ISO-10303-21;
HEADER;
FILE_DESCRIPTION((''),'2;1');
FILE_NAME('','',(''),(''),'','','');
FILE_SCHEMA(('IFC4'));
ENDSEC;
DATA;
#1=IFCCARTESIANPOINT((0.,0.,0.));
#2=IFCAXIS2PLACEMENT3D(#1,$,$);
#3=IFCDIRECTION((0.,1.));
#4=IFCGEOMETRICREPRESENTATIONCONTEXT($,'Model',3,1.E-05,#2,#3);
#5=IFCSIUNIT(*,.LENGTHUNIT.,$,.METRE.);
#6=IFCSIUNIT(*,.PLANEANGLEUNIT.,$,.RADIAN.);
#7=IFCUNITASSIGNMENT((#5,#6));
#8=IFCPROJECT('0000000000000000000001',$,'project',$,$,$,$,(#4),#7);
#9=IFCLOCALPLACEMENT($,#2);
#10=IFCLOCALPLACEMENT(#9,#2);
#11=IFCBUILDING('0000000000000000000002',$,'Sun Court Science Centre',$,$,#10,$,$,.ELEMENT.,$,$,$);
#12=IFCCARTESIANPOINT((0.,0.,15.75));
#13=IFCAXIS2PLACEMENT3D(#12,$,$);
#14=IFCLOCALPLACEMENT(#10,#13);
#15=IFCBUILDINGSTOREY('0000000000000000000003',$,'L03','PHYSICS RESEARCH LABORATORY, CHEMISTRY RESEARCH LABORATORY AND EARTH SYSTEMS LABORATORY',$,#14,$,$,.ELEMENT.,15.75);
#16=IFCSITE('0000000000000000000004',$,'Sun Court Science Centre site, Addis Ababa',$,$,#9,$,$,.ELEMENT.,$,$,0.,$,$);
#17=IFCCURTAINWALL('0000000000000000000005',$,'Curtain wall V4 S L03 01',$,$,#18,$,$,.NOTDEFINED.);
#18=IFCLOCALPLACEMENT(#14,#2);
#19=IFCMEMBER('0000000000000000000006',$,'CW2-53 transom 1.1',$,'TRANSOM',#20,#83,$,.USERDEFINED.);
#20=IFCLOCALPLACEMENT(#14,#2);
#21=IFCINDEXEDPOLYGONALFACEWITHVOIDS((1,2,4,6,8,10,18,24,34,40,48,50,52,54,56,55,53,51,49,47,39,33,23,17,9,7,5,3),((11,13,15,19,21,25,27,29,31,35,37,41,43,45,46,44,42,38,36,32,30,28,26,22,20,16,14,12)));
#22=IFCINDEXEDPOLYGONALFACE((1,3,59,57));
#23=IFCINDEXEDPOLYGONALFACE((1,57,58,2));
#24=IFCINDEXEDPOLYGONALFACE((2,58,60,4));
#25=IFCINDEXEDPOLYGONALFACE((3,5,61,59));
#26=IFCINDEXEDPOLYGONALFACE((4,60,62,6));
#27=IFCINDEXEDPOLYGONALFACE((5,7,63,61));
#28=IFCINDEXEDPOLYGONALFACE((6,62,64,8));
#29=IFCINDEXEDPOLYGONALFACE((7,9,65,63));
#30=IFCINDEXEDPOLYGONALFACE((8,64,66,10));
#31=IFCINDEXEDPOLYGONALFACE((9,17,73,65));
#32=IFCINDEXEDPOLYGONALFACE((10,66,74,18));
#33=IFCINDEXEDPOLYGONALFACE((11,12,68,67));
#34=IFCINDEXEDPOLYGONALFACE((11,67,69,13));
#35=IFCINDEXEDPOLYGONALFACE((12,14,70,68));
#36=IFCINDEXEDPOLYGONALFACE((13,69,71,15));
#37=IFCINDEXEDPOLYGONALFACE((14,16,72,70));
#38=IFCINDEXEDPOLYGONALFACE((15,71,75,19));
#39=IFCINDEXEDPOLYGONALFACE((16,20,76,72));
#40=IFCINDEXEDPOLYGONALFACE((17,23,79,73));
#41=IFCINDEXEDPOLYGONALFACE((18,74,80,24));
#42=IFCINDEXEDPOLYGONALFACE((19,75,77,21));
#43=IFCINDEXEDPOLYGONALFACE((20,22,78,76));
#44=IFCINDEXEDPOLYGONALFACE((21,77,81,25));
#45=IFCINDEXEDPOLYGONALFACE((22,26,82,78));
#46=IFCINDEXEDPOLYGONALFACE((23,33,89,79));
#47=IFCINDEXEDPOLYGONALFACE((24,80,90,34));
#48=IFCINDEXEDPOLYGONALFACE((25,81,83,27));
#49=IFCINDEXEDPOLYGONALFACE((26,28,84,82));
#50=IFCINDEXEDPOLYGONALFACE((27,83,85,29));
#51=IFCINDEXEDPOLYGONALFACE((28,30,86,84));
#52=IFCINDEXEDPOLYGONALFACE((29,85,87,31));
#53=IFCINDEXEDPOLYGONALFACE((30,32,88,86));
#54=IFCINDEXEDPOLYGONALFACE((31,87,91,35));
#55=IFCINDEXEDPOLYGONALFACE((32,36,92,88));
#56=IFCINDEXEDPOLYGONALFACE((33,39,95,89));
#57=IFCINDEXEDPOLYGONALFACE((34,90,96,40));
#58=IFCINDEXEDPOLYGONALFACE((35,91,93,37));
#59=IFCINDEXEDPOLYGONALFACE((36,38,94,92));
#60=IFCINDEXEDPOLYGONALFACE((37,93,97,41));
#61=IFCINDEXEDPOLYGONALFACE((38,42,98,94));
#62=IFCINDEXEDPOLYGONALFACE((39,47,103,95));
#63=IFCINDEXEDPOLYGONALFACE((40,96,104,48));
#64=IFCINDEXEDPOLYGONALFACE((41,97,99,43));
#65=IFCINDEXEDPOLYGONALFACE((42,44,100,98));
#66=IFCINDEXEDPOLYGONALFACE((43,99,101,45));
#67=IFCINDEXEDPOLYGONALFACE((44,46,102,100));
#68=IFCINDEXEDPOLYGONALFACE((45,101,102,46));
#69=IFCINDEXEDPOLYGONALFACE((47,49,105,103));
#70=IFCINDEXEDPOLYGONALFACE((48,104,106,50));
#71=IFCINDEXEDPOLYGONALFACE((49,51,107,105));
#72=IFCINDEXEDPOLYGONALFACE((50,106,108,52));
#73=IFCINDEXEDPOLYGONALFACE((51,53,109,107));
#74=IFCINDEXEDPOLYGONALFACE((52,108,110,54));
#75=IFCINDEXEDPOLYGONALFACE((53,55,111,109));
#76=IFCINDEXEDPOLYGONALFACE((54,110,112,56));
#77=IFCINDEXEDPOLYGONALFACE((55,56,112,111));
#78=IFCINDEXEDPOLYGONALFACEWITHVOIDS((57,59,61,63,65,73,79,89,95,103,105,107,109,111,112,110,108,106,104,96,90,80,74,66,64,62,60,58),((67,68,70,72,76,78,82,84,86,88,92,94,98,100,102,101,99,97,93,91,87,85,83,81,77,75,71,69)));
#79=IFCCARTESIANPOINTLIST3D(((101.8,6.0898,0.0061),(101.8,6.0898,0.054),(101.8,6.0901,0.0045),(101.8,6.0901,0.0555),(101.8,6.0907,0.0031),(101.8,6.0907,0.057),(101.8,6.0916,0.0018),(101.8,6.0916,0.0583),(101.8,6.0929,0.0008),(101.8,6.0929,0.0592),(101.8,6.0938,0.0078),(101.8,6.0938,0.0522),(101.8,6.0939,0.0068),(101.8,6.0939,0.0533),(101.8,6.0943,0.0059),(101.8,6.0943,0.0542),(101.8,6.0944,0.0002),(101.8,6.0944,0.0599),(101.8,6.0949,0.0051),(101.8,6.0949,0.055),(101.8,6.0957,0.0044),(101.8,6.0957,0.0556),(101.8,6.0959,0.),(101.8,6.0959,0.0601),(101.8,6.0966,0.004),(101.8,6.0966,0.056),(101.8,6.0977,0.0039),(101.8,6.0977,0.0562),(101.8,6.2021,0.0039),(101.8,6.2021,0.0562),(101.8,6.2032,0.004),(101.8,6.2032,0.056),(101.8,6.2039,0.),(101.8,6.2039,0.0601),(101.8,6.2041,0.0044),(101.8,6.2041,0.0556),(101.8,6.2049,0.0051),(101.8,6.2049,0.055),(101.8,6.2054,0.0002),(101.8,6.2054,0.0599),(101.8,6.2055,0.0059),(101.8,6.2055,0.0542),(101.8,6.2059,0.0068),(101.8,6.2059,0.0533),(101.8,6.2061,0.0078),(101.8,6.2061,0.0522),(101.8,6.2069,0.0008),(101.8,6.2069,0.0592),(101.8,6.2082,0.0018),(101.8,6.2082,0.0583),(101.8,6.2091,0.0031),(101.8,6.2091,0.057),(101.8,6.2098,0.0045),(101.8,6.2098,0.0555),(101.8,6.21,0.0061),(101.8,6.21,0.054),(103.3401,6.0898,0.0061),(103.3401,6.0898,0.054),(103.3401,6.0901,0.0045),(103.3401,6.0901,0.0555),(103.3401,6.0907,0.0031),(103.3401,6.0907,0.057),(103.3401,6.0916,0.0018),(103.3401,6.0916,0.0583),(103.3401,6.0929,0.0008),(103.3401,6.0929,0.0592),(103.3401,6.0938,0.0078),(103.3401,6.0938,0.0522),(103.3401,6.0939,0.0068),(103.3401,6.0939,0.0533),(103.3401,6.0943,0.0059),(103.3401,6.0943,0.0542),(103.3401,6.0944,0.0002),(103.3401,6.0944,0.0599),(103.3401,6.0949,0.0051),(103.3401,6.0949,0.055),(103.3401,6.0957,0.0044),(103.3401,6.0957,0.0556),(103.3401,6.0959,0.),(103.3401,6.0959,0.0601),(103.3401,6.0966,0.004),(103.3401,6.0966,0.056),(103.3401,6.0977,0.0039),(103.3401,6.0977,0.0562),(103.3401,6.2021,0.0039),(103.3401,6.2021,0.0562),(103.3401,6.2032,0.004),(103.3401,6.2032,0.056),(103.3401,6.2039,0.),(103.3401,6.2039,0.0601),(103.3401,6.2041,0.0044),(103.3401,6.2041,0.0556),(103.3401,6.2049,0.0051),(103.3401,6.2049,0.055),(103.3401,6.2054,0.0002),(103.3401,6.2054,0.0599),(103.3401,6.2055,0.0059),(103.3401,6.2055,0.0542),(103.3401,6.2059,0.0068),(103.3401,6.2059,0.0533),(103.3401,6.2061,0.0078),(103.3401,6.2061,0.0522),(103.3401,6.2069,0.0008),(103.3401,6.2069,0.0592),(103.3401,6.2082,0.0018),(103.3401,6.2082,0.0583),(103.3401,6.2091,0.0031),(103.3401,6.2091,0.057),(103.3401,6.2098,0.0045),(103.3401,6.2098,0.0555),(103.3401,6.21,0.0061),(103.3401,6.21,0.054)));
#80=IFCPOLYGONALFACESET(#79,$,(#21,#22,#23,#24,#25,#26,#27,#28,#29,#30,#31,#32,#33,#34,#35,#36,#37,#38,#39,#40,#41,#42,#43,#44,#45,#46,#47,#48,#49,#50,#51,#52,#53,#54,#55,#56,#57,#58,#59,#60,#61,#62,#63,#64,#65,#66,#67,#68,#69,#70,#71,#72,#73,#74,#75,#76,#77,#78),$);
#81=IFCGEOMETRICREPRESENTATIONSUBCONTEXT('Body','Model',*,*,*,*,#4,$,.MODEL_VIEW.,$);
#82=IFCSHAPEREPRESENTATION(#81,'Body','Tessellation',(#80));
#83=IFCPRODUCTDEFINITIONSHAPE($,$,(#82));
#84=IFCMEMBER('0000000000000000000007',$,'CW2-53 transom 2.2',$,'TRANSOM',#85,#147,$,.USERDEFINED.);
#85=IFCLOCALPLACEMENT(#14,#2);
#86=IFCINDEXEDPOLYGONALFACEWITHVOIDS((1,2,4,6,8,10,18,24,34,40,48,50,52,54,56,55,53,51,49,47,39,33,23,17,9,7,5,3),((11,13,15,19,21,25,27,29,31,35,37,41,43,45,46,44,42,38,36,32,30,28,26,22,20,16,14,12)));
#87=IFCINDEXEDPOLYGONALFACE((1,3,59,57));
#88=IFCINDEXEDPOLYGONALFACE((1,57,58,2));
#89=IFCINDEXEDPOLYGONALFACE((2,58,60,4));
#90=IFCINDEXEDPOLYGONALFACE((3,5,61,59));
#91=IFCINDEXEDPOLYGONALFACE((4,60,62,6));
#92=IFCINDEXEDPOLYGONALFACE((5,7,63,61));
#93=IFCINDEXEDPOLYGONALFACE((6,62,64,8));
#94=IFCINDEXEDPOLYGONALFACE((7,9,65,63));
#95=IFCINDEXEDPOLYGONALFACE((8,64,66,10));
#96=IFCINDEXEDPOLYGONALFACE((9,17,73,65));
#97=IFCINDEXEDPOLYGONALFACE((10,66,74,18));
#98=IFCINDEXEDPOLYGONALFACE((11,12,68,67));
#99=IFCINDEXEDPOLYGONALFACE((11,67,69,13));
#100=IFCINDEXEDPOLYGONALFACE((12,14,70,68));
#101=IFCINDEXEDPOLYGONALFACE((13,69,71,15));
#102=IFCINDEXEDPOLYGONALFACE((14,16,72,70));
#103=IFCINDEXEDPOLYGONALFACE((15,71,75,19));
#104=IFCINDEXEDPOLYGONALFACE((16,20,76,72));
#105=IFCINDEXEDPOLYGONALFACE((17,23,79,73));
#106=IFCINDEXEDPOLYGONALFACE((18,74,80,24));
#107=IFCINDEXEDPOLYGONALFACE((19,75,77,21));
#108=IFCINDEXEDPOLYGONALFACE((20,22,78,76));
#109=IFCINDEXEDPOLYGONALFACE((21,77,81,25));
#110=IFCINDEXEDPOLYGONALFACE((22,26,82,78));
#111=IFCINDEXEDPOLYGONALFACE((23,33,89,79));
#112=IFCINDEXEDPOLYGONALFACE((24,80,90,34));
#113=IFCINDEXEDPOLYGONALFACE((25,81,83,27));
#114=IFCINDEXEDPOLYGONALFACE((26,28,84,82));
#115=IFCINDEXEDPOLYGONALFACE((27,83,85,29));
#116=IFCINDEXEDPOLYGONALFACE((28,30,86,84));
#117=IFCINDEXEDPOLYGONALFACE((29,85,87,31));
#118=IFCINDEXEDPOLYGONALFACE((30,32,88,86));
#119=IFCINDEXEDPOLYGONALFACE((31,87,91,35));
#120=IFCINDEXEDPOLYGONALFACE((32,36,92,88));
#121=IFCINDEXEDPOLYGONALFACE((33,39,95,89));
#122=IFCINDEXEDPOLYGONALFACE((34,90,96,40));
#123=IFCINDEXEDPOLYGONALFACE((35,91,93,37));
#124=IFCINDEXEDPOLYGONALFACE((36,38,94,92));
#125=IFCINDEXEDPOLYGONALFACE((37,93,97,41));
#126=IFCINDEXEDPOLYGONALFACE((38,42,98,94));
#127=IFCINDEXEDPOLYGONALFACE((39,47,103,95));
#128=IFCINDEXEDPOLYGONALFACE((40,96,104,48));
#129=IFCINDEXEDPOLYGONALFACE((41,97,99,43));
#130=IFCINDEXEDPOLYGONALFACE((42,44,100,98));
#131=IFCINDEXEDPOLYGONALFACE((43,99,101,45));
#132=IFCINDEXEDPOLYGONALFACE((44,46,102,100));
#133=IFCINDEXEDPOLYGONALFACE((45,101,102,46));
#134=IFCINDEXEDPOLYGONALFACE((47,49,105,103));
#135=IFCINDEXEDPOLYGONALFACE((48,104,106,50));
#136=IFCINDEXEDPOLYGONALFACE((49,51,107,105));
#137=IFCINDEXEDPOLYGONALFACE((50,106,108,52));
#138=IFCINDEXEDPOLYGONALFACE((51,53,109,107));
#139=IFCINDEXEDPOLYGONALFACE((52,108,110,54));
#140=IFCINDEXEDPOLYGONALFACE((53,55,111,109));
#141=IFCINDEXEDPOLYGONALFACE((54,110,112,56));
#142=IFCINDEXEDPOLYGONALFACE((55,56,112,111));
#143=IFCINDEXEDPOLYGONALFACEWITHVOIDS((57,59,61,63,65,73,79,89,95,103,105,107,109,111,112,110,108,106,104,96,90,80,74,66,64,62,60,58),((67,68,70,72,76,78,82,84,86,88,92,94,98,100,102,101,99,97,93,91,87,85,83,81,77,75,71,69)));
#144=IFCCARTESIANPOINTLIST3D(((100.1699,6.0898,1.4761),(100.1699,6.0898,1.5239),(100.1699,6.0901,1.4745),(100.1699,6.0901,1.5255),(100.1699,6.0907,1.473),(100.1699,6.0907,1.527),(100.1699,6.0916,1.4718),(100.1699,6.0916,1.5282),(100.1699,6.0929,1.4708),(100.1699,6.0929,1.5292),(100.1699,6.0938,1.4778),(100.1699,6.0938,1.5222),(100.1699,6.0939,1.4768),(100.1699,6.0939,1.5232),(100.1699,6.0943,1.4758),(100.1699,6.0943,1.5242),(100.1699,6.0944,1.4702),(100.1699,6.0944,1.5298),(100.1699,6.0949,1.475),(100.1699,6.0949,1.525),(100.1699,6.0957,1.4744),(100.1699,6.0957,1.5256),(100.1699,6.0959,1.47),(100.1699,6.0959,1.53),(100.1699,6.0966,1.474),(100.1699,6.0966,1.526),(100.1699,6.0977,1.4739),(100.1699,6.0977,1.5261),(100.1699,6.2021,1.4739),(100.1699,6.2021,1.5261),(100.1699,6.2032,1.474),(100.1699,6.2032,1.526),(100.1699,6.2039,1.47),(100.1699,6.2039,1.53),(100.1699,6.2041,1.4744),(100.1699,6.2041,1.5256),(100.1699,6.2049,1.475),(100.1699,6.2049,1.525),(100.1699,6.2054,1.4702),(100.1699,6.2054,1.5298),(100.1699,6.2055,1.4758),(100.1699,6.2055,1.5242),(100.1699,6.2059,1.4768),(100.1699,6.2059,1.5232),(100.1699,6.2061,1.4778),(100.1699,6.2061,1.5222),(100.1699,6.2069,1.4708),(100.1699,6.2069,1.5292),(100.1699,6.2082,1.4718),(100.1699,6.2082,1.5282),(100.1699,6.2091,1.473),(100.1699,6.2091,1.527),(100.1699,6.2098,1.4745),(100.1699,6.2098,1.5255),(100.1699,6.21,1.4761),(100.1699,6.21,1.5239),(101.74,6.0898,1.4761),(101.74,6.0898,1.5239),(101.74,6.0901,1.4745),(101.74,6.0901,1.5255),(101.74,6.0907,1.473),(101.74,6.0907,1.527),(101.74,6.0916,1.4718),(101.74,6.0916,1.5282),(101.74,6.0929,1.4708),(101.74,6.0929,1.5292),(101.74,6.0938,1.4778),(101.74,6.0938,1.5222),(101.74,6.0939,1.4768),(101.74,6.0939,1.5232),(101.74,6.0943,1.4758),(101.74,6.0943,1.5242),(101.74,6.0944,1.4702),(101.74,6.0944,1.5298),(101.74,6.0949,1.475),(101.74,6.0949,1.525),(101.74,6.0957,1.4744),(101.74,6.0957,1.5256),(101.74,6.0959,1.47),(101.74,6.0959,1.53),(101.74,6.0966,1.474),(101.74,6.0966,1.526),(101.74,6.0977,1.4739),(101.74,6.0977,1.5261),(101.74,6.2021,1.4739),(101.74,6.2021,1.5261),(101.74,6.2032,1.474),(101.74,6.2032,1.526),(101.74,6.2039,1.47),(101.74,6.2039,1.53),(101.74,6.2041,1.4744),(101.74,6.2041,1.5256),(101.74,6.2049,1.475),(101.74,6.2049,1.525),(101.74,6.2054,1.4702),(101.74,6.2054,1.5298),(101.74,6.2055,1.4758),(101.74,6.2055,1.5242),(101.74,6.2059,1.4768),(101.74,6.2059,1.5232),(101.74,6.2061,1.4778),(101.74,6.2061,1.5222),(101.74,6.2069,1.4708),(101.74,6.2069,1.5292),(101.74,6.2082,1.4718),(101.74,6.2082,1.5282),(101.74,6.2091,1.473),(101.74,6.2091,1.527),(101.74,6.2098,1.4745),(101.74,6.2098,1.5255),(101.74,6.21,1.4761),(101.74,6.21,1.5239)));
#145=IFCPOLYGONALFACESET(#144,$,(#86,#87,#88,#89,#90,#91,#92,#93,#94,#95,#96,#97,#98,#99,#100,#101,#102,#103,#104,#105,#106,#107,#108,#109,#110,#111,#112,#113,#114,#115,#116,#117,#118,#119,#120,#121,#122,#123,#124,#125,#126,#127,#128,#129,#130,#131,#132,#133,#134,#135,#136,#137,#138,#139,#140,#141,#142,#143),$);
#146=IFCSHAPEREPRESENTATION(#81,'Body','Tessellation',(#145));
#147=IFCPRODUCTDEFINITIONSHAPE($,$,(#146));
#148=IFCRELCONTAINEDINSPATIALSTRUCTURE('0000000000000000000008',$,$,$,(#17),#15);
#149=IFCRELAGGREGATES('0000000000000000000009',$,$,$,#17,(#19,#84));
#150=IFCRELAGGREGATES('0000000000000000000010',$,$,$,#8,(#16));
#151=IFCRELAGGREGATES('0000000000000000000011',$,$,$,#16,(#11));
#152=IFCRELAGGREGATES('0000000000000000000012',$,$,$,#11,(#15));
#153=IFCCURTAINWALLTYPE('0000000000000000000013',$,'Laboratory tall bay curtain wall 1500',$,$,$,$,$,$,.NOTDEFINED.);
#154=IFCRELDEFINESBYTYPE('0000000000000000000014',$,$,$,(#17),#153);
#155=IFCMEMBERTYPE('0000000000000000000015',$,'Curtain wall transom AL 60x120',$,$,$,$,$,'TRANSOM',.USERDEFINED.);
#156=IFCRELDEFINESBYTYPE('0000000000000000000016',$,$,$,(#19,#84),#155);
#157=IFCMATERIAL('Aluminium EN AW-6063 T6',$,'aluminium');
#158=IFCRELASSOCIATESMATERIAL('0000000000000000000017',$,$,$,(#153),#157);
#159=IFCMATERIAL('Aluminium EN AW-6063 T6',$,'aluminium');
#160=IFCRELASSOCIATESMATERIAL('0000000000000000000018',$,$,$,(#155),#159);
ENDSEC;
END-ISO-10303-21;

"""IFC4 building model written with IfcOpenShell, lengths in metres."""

from ifc_helpers import new_model, si_unit, direction, frame, origin, origin_2d, place, context, subcontext, project, spatial, hollow_rectangle, extrude, material, material_profile, profile_set, type_object, element, aggregate, save


model = new_model("IFC4")

# Units and contexts
model_context = context("Model", 3, precision=1e-05, world=origin(), true_north=direction((0.0, 1.0)))
body_context = subcontext(model_context, "Body", "Model", "MODEL_VIEW")
ifc_project = project(units=[si_unit("LENGTHUNIT", "METRE"), si_unit("PLANEANGLEUNIT", "RADIAN")], contexts=[model_context])

# Site, building, storey
site_placement = place(None, origin())
site = spatial("IfcSite", under=ifc_project, at=site_placement, Name="Sun Court Science Centre site, Addis Ababa", CompositionType="ELEMENT", RefElevation=0.0)
building_placement = place(site_placement, origin())
building = spatial("IfcBuilding", under=site, at=building_placement, Name="Sun Court Science Centre", CompositionType="ELEMENT")
storey_placement = place(building_placement, frame((0.0, 0.0, 15.75)))
storey = spatial("IfcBuildingStorey", under=building, at=storey_placement, Name="L03", Description="PHYSICS RESEARCH LABORATORY, CHEMISTRY RESEARCH LABORATORY AND EARTH SYSTEMS LABORATORY", CompositionType="ELEMENT", Elevation=15.75)

# Curtain wall, members
ifc_material_1 = material(Name="Aluminium EN AW-6063 T6", Category="aluminium")
curtain_wall_type = type_object("IfcCurtainWallType", Name="Laboratory tall bay curtain wall 1500", PredefinedType="NOTDEFINED", material=ifc_material_1)
curtain_wall_placement = place(storey_placement, origin())
curtain_wall = element("IfcCurtainWall", 1, at=curtain_wall_placement, inside=storey, type_object=curtain_wall_type, Name="Curtain wall V4 S L03 01", PredefinedType="NOTDEFINED")
ifc_material_2 = material(Name="Aluminium EN AW-6063 T6", Category="aluminium")
ifc_material_profile_1 = material_profile(ifc_material_2, hollow_rectangle(XDim=0.0601, YDim=0.1201, WallThickness=0.0039, InnerFilletRadius=0.0039, OuterFilletRadius=0.0061, at=origin_2d()), Name="AL 60x120x4")
ifc_profile_set_1 = profile_set([ifc_material_profile_1], Name="Aluminium EN AW-6063 T6")
member_type_1 = type_object("IfcMemberType", Name="Curtain wall transom AL 60x120", ElementType="TRANSOM", PredefinedType="USERDEFINED", material=ifc_profile_set_1)
member_1_placement = place(storey_placement, frame((103.3401, 6.1499, 0.03), z_axis=(-1.0, 0.0, 0.0), x_axis=(0.0, 0.0, 1.0)))
member_1 = element("IfcMember", 2, at=member_1_placement, type_object=member_type_1, Name="CW2-53 transom 1.1", ObjectType="TRANSOM", PredefinedType="USERDEFINED", context=body_context, shape_type="SweptSolid", body=[
    extrude(hollow_rectangle(XDim=0.0601, YDim=0.1201, WallThickness=0.0039, InnerFilletRadius=0.0039, OuterFilletRadius=0.0061, at=origin_2d()), origin(), (0.0, 0.0, 1.0), 1.54),
])
member_2_placement = place(storey_placement, frame((101.74, 6.1499, 1.5), z_axis=(-1.0, 0.0, 0.0), x_axis=(0.0, 0.0, 1.0)))
member_2 = element("IfcMember", 3, at=member_2_placement, type_object=member_type_1, Name="CW2-53 transom 2.2", ObjectType="TRANSOM", PredefinedType="USERDEFINED", context=body_context, shape_type="SweptSolid", body=[
    extrude(hollow_rectangle(XDim=0.0601, YDim=0.1201, WallThickness=0.0039, InnerFilletRadius=0.0039, OuterFilletRadius=0.0061, at=origin_2d()), origin(), (0.0, 0.0, 1.0), 1.5701),
])

aggregate(curtain_wall, [member_1, member_2])

save(model, "model.ifc")
